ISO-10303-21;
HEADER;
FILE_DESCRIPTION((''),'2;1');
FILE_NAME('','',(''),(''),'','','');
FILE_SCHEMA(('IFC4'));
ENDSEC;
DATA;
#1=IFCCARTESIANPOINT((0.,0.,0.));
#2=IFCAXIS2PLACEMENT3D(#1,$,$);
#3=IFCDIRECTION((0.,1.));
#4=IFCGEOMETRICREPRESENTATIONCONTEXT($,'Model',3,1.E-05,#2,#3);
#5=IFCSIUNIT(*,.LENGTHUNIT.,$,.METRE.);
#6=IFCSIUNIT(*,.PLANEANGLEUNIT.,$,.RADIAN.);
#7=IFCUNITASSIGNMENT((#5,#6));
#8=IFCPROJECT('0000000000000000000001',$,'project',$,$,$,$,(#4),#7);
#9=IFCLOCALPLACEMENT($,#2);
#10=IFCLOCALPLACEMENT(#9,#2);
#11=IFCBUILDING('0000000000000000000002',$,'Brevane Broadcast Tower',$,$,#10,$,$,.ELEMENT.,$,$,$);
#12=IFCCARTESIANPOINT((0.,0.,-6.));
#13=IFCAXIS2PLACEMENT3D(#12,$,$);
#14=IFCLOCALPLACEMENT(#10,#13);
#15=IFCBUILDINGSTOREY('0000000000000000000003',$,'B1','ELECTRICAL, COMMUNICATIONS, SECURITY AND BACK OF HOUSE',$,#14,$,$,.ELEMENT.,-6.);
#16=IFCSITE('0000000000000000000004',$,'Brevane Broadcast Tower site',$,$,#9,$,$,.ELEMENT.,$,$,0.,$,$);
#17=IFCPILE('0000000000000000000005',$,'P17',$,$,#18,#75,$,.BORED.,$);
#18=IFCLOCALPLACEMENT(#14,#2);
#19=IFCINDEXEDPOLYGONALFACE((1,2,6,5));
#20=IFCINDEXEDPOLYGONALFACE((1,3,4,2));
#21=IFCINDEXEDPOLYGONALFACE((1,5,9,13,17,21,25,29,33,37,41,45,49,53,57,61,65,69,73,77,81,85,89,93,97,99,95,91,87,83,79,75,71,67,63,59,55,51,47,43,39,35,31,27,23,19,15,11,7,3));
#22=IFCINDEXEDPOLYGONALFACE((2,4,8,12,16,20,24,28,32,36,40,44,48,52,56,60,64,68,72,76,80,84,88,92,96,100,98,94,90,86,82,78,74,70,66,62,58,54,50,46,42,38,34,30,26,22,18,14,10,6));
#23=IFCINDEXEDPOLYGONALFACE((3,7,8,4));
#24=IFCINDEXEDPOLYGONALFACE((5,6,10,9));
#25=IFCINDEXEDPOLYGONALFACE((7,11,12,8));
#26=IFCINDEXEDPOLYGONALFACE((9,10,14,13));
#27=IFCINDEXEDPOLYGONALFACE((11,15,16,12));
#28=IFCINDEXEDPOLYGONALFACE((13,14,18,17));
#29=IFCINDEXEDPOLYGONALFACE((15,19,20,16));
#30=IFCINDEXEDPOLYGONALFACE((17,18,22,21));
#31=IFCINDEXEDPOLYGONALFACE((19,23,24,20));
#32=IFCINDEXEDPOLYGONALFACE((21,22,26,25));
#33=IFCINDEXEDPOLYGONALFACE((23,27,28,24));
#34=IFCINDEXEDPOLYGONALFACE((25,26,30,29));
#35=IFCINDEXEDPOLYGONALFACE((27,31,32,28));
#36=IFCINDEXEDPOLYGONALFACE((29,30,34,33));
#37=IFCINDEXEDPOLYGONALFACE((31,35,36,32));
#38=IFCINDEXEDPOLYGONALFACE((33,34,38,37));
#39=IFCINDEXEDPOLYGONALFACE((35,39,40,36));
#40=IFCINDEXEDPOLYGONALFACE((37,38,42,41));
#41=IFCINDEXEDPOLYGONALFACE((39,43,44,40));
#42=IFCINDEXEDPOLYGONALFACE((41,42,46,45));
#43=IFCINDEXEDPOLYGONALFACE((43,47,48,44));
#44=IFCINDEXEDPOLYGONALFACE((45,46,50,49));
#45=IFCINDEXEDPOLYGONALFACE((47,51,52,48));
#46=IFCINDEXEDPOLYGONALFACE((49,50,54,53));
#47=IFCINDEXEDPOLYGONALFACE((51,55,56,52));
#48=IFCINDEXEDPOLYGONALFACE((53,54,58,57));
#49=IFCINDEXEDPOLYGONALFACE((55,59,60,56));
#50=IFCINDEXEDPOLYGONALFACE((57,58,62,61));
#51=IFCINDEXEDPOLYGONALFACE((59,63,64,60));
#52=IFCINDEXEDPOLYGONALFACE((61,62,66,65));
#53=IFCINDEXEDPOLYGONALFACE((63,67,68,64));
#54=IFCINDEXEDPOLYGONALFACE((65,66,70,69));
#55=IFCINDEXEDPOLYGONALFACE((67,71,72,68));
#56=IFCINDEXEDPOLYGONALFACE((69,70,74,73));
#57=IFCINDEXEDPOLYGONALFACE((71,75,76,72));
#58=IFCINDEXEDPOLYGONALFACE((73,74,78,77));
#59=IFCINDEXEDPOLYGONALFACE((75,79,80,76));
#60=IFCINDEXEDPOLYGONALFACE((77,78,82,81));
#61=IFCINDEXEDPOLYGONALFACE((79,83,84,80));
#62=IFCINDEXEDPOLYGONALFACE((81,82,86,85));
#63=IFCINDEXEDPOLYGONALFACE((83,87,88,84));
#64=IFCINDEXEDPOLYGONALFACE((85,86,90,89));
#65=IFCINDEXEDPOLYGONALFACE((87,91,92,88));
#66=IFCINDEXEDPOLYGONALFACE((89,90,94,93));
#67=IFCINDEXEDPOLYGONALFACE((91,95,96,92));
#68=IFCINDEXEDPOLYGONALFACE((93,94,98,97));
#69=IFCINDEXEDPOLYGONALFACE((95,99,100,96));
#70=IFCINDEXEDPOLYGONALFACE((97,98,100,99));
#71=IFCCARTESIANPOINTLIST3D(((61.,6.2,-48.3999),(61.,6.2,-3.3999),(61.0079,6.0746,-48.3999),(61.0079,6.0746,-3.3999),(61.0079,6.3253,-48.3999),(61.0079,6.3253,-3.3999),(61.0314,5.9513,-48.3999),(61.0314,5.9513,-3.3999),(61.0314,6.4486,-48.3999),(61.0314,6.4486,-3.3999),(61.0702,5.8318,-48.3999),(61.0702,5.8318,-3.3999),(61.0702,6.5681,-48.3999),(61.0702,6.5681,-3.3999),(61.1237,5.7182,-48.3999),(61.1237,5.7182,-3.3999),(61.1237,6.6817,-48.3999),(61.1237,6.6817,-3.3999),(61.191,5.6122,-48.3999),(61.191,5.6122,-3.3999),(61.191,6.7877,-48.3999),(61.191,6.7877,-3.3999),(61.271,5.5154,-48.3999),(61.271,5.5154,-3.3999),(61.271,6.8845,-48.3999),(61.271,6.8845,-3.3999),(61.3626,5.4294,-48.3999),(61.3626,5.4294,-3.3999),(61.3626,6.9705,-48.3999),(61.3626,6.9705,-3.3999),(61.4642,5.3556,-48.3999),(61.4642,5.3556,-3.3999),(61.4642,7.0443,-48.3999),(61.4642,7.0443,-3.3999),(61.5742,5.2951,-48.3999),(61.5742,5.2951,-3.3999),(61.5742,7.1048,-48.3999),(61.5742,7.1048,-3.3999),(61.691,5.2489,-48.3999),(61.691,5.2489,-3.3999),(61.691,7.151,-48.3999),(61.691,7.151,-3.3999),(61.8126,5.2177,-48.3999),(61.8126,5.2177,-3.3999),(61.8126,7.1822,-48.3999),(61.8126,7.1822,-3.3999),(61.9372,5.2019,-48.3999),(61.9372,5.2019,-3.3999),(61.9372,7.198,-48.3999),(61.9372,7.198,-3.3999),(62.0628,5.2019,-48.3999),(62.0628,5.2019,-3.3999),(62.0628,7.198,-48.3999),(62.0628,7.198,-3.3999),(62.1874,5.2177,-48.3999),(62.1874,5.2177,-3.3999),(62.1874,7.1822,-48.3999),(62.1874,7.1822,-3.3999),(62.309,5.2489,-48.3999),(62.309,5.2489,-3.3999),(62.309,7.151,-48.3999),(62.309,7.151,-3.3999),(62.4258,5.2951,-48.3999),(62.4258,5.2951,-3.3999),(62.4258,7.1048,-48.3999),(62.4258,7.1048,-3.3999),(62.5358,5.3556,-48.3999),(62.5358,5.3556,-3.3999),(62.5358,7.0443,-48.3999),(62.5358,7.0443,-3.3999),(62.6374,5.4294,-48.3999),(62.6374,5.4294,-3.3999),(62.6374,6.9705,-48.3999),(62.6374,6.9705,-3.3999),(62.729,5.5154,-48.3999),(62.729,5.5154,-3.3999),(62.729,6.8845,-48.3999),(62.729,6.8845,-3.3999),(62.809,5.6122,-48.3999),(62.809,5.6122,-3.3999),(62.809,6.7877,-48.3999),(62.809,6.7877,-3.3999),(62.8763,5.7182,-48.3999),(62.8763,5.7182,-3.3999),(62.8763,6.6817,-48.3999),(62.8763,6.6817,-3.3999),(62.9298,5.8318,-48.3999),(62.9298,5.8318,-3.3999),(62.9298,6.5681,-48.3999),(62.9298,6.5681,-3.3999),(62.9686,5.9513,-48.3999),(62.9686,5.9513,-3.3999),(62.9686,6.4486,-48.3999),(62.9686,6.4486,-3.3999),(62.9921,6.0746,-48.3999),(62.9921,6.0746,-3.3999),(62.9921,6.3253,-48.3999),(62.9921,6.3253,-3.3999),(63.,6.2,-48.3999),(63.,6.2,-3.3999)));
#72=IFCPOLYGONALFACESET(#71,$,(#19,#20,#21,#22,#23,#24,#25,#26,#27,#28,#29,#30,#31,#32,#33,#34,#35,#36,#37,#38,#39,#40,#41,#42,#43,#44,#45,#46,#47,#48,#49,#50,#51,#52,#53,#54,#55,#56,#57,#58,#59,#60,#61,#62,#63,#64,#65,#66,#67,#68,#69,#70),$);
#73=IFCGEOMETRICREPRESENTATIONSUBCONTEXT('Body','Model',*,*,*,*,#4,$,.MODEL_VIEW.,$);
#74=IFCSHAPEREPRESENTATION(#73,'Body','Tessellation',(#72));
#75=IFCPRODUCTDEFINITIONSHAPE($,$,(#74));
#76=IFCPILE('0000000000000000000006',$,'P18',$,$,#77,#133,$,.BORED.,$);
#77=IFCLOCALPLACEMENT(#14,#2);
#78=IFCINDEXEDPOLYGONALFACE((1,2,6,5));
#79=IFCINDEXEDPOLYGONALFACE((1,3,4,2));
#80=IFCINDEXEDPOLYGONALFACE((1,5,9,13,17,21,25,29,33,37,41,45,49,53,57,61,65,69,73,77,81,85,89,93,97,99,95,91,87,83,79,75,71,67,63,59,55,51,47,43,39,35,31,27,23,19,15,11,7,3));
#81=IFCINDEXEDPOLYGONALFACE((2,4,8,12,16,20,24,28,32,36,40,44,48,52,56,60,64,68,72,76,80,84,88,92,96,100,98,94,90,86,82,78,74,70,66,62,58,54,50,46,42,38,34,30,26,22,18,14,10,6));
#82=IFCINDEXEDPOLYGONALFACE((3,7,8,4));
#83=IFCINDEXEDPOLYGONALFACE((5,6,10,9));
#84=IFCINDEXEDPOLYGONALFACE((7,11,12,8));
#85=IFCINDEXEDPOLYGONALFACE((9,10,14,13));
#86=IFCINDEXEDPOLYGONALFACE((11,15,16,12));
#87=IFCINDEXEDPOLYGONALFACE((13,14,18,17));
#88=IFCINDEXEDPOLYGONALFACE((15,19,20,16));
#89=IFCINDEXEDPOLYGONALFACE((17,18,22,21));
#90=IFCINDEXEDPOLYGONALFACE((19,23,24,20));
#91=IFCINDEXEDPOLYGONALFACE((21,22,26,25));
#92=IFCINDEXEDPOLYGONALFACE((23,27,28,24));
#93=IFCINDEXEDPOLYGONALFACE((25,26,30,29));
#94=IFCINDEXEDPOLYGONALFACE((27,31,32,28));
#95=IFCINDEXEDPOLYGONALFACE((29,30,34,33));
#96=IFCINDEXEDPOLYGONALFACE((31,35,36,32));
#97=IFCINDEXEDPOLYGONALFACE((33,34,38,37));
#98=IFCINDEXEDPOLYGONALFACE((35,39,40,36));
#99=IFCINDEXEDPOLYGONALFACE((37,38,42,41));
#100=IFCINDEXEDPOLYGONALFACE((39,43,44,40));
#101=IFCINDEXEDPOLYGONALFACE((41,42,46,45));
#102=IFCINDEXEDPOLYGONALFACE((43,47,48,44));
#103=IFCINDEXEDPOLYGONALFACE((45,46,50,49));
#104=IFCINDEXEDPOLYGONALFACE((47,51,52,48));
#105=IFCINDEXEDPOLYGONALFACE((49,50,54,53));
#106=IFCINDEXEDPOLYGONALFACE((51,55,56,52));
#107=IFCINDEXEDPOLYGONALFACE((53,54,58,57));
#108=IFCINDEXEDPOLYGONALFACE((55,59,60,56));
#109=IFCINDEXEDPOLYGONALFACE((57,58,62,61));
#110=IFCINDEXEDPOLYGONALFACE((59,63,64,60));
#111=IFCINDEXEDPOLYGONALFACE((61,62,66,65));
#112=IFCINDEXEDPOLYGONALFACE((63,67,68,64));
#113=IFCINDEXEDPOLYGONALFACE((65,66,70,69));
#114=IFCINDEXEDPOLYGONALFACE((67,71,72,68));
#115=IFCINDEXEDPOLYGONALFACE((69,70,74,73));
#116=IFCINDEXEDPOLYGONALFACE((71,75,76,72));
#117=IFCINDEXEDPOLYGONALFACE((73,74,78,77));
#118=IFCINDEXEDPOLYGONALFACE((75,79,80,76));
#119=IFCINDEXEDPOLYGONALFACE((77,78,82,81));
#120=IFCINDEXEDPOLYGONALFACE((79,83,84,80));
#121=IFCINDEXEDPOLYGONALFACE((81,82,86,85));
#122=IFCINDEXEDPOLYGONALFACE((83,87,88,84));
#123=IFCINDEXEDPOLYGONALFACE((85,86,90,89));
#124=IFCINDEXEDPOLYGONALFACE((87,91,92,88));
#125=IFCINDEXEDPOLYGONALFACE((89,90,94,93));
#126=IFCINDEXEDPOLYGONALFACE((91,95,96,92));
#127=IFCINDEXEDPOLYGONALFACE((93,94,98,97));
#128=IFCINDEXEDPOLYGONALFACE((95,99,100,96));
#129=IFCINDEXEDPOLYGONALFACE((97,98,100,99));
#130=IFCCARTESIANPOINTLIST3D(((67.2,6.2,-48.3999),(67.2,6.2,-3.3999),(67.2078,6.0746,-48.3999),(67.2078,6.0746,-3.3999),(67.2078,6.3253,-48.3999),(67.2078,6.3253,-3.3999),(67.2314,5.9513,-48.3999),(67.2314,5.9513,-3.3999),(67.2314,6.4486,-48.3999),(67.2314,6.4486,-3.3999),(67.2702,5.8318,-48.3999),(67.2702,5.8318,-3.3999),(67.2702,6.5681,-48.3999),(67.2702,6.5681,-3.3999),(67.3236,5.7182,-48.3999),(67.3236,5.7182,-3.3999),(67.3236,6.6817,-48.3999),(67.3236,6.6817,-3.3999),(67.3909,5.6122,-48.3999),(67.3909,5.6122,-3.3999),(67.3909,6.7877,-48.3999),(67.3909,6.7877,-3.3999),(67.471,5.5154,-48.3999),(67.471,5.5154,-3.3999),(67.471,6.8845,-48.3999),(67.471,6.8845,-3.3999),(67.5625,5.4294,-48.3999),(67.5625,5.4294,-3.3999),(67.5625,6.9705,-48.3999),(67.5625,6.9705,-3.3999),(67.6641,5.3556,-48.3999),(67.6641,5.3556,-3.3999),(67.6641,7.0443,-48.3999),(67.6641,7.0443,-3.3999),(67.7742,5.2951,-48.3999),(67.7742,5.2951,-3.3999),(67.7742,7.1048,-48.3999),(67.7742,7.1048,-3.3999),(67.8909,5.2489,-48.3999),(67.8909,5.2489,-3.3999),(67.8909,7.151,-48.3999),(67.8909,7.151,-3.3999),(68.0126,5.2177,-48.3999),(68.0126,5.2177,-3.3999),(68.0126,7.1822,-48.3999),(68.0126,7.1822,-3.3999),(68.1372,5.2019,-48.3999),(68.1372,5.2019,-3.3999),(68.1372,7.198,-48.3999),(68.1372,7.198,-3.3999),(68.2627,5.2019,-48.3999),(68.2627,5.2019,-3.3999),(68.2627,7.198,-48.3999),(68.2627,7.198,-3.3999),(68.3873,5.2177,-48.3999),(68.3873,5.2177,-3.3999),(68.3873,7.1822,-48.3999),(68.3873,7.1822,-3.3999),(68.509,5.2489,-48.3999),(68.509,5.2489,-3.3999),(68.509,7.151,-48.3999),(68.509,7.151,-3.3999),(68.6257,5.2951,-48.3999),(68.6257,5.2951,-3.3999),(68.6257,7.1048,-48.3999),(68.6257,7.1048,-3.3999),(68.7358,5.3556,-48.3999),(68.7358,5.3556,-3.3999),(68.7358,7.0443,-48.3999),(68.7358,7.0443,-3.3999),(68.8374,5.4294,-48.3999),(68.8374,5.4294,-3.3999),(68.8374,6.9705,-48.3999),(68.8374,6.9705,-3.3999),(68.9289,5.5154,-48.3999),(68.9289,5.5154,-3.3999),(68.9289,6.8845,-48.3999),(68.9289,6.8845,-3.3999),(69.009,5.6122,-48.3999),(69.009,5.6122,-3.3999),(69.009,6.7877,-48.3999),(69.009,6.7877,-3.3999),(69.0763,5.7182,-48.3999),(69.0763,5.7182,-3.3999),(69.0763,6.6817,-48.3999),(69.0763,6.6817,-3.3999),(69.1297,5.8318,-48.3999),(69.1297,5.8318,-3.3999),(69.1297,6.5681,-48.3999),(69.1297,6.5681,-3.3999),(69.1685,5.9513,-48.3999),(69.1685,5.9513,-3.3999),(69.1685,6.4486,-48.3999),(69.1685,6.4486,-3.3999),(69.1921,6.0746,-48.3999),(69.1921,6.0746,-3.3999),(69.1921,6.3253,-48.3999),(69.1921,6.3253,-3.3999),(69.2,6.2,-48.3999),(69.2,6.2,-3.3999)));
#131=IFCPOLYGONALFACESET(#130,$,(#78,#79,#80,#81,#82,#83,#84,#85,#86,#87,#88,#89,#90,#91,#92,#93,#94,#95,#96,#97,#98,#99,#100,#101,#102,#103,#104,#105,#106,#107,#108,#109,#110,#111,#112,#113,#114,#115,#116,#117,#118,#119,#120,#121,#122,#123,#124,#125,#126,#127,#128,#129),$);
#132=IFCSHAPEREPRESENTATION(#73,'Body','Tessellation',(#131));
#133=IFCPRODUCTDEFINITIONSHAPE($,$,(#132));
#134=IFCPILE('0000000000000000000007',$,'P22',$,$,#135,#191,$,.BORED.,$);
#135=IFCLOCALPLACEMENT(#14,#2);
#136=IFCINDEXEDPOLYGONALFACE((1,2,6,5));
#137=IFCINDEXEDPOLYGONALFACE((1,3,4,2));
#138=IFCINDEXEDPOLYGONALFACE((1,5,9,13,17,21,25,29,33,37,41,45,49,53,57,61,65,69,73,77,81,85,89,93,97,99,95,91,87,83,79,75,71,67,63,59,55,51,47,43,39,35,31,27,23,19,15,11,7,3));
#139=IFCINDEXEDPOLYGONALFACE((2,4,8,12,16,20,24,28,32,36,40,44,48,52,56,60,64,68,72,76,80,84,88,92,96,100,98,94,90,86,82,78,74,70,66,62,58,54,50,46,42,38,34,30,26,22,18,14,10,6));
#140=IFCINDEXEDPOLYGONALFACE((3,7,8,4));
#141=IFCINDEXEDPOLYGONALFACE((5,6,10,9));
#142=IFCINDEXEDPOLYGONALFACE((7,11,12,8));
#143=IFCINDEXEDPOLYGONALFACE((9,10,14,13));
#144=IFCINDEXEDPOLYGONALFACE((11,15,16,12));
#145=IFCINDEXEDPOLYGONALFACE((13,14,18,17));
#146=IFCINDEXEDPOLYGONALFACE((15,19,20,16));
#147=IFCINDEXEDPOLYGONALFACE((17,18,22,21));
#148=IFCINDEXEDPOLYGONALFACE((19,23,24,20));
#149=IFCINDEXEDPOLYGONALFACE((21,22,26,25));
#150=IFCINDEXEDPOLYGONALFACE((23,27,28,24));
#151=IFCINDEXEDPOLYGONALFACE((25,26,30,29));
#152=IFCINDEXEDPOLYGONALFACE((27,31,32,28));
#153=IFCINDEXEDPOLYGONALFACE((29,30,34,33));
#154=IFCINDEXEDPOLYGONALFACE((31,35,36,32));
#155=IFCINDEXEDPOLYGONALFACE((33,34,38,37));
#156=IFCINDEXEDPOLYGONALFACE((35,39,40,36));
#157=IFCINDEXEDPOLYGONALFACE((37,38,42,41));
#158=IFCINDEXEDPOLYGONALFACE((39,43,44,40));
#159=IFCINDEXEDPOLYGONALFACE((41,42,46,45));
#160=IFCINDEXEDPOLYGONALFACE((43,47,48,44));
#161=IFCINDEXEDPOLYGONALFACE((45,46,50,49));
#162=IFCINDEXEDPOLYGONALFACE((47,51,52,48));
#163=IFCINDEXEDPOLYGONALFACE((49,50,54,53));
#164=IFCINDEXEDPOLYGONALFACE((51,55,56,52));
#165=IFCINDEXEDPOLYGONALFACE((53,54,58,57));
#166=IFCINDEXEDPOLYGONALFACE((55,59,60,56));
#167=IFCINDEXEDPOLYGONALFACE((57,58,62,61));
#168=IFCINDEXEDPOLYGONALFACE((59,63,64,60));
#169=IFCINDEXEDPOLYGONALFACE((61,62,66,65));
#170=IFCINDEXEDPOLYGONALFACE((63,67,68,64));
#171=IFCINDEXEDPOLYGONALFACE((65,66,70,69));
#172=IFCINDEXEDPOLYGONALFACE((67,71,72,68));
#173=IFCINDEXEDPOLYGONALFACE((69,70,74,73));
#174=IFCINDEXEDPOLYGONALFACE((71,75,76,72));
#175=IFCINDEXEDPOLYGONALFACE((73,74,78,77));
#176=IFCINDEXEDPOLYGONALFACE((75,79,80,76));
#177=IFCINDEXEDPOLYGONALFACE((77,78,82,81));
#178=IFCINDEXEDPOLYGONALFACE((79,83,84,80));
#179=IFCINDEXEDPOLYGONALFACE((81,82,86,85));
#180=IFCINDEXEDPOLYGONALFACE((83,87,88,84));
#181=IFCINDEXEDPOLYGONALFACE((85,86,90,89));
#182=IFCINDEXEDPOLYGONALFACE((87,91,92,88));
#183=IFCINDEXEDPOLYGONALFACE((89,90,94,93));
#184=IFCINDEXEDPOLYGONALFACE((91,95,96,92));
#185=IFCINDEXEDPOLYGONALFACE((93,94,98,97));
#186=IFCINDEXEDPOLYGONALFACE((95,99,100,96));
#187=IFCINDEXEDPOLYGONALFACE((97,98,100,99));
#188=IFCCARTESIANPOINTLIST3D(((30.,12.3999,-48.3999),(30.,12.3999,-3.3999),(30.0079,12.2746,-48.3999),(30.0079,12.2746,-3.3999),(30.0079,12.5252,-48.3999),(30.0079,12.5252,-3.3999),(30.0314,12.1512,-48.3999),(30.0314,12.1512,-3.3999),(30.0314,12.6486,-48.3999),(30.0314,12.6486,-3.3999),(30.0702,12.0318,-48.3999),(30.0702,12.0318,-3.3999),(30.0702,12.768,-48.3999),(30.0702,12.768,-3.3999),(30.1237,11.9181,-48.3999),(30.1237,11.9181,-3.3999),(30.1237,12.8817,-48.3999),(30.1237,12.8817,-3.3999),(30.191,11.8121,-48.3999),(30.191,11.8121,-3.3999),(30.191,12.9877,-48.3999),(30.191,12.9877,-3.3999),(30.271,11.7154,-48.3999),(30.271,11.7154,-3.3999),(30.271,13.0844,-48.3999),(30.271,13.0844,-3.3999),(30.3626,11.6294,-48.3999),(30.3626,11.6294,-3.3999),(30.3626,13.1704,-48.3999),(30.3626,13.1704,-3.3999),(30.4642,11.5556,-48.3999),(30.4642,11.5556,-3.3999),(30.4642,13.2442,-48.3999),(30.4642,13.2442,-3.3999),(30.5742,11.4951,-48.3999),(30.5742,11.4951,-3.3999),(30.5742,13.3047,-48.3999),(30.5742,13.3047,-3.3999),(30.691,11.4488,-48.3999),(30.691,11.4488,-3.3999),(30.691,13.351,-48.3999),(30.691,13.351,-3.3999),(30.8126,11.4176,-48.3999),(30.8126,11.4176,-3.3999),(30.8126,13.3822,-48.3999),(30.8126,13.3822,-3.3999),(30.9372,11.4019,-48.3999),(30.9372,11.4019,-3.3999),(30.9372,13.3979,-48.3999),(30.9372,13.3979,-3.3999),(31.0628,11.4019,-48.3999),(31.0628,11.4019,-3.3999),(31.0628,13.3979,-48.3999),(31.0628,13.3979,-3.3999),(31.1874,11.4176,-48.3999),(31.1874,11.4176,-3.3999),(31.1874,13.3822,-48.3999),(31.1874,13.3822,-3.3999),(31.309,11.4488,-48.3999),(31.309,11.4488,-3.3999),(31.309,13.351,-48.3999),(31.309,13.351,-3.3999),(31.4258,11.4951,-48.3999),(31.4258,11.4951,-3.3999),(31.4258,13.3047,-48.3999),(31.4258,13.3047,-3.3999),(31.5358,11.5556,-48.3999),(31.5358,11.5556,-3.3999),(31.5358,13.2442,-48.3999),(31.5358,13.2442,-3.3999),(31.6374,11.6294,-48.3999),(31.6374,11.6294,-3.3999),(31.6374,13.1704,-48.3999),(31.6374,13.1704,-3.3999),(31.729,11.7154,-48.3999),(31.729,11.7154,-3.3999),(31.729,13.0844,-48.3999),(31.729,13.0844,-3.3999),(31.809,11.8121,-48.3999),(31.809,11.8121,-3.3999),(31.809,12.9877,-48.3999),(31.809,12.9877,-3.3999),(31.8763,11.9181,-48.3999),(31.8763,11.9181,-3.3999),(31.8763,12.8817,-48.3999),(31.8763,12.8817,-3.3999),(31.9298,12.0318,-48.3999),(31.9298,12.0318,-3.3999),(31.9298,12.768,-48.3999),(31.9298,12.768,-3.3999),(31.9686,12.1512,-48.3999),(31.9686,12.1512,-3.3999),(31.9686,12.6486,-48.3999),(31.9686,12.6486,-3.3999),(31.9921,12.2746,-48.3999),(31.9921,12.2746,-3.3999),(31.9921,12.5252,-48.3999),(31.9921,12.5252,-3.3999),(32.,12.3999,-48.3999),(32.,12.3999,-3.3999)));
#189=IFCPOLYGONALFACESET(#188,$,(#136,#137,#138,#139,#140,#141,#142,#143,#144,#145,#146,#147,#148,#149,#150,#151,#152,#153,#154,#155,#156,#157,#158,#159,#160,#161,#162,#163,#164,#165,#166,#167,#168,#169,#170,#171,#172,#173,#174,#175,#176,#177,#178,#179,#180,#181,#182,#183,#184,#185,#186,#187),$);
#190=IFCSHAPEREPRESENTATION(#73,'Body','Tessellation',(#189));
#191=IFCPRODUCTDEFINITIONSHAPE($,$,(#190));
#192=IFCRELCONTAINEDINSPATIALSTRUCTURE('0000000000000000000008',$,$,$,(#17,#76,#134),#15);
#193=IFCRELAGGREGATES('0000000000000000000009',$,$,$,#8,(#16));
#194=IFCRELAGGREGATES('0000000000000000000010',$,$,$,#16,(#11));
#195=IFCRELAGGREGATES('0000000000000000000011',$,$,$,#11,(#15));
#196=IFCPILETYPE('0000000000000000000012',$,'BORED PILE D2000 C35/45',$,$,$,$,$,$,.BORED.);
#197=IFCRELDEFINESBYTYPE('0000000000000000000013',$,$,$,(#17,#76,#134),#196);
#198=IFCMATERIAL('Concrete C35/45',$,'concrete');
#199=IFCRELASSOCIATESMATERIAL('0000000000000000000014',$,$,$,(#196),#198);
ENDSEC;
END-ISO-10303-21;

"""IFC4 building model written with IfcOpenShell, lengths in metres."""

from ifc_helpers import new_model, si_unit, direction, frame, origin, origin_2d, place, context, subcontext, project, spatial, circle, extrude, material, material_profile, profile_set, type_object, element, save


model = new_model("IFC4")

# Units and contexts
model_context = context("Model", 3, precision=1e-05, world=origin(), true_north=direction((0.0, 1.0)))
body_context = subcontext(model_context, "Body", "Model", "MODEL_VIEW")
ifc_project = project(units=[si_unit("LENGTHUNIT", "METRE"), si_unit("PLANEANGLEUNIT", "RADIAN")], contexts=[model_context])

# Site, building, storey
site_placement = place(None, origin())
site = spatial("IfcSite", under=ifc_project, at=site_placement, Name="Brevane Broadcast Tower site", CompositionType="ELEMENT", RefElevation=0.0)
building_placement = place(site_placement, origin())
building = spatial("IfcBuilding", under=site, at=building_placement, Name="Brevane Broadcast Tower", CompositionType="ELEMENT")
storey_placement = place(building_placement, frame((0.0, 0.0, -6.0)))
storey = spatial("IfcBuildingStorey", under=building, at=storey_placement, Name="B1", Description="ELECTRICAL, COMMUNICATIONS, SECURITY AND BACK OF HOUSE", CompositionType="ELEMENT", Elevation=-6.0)

# Piles
ifc_material_1 = material(Name="Concrete C35/45", Category="concrete")
ifc_material_profile_1 = material_profile(ifc_material_1, circle(Radius=1.0, at=origin_2d()), Name="RC D2000")
ifc_profile_set_1 = profile_set([ifc_material_profile_1], Name="Concrete C35/45")
pile_type = type_object("IfcPileType", Name="BORED PILE D2000 C35/45", PredefinedType="BORED", material=ifc_profile_set_1)
for number, where, z_axis, x_axis, name in (
    (1, (62.0, 6.2, -3.3999), (0.0, 0.0, -1.0), (1.0, 0.0, 0.0), "P17"),
    (2, (68.2, 6.2, -3.3999), (0.0, 0.0, -1.0), (1.0, 0.0, 0.0), "P18"),
    (3, (31.0, 12.3999, -3.3999), (0.0, 0.0, -1.0), (1.0, 0.0, 0.0), "P22"),
):
    element("IfcPile", number, at=place(storey_placement, frame(where, z_axis=z_axis, x_axis=x_axis)), inside=storey, type_object=pile_type, Name=name, PredefinedType="BORED", context=body_context, shape_type="SweptSolid", body=[
        extrude(circle(Radius=1.0, at=origin_2d()), origin(), (0.0, 0.0, 1.0), 45.0),
    ])

save(model, "model.ifc")
